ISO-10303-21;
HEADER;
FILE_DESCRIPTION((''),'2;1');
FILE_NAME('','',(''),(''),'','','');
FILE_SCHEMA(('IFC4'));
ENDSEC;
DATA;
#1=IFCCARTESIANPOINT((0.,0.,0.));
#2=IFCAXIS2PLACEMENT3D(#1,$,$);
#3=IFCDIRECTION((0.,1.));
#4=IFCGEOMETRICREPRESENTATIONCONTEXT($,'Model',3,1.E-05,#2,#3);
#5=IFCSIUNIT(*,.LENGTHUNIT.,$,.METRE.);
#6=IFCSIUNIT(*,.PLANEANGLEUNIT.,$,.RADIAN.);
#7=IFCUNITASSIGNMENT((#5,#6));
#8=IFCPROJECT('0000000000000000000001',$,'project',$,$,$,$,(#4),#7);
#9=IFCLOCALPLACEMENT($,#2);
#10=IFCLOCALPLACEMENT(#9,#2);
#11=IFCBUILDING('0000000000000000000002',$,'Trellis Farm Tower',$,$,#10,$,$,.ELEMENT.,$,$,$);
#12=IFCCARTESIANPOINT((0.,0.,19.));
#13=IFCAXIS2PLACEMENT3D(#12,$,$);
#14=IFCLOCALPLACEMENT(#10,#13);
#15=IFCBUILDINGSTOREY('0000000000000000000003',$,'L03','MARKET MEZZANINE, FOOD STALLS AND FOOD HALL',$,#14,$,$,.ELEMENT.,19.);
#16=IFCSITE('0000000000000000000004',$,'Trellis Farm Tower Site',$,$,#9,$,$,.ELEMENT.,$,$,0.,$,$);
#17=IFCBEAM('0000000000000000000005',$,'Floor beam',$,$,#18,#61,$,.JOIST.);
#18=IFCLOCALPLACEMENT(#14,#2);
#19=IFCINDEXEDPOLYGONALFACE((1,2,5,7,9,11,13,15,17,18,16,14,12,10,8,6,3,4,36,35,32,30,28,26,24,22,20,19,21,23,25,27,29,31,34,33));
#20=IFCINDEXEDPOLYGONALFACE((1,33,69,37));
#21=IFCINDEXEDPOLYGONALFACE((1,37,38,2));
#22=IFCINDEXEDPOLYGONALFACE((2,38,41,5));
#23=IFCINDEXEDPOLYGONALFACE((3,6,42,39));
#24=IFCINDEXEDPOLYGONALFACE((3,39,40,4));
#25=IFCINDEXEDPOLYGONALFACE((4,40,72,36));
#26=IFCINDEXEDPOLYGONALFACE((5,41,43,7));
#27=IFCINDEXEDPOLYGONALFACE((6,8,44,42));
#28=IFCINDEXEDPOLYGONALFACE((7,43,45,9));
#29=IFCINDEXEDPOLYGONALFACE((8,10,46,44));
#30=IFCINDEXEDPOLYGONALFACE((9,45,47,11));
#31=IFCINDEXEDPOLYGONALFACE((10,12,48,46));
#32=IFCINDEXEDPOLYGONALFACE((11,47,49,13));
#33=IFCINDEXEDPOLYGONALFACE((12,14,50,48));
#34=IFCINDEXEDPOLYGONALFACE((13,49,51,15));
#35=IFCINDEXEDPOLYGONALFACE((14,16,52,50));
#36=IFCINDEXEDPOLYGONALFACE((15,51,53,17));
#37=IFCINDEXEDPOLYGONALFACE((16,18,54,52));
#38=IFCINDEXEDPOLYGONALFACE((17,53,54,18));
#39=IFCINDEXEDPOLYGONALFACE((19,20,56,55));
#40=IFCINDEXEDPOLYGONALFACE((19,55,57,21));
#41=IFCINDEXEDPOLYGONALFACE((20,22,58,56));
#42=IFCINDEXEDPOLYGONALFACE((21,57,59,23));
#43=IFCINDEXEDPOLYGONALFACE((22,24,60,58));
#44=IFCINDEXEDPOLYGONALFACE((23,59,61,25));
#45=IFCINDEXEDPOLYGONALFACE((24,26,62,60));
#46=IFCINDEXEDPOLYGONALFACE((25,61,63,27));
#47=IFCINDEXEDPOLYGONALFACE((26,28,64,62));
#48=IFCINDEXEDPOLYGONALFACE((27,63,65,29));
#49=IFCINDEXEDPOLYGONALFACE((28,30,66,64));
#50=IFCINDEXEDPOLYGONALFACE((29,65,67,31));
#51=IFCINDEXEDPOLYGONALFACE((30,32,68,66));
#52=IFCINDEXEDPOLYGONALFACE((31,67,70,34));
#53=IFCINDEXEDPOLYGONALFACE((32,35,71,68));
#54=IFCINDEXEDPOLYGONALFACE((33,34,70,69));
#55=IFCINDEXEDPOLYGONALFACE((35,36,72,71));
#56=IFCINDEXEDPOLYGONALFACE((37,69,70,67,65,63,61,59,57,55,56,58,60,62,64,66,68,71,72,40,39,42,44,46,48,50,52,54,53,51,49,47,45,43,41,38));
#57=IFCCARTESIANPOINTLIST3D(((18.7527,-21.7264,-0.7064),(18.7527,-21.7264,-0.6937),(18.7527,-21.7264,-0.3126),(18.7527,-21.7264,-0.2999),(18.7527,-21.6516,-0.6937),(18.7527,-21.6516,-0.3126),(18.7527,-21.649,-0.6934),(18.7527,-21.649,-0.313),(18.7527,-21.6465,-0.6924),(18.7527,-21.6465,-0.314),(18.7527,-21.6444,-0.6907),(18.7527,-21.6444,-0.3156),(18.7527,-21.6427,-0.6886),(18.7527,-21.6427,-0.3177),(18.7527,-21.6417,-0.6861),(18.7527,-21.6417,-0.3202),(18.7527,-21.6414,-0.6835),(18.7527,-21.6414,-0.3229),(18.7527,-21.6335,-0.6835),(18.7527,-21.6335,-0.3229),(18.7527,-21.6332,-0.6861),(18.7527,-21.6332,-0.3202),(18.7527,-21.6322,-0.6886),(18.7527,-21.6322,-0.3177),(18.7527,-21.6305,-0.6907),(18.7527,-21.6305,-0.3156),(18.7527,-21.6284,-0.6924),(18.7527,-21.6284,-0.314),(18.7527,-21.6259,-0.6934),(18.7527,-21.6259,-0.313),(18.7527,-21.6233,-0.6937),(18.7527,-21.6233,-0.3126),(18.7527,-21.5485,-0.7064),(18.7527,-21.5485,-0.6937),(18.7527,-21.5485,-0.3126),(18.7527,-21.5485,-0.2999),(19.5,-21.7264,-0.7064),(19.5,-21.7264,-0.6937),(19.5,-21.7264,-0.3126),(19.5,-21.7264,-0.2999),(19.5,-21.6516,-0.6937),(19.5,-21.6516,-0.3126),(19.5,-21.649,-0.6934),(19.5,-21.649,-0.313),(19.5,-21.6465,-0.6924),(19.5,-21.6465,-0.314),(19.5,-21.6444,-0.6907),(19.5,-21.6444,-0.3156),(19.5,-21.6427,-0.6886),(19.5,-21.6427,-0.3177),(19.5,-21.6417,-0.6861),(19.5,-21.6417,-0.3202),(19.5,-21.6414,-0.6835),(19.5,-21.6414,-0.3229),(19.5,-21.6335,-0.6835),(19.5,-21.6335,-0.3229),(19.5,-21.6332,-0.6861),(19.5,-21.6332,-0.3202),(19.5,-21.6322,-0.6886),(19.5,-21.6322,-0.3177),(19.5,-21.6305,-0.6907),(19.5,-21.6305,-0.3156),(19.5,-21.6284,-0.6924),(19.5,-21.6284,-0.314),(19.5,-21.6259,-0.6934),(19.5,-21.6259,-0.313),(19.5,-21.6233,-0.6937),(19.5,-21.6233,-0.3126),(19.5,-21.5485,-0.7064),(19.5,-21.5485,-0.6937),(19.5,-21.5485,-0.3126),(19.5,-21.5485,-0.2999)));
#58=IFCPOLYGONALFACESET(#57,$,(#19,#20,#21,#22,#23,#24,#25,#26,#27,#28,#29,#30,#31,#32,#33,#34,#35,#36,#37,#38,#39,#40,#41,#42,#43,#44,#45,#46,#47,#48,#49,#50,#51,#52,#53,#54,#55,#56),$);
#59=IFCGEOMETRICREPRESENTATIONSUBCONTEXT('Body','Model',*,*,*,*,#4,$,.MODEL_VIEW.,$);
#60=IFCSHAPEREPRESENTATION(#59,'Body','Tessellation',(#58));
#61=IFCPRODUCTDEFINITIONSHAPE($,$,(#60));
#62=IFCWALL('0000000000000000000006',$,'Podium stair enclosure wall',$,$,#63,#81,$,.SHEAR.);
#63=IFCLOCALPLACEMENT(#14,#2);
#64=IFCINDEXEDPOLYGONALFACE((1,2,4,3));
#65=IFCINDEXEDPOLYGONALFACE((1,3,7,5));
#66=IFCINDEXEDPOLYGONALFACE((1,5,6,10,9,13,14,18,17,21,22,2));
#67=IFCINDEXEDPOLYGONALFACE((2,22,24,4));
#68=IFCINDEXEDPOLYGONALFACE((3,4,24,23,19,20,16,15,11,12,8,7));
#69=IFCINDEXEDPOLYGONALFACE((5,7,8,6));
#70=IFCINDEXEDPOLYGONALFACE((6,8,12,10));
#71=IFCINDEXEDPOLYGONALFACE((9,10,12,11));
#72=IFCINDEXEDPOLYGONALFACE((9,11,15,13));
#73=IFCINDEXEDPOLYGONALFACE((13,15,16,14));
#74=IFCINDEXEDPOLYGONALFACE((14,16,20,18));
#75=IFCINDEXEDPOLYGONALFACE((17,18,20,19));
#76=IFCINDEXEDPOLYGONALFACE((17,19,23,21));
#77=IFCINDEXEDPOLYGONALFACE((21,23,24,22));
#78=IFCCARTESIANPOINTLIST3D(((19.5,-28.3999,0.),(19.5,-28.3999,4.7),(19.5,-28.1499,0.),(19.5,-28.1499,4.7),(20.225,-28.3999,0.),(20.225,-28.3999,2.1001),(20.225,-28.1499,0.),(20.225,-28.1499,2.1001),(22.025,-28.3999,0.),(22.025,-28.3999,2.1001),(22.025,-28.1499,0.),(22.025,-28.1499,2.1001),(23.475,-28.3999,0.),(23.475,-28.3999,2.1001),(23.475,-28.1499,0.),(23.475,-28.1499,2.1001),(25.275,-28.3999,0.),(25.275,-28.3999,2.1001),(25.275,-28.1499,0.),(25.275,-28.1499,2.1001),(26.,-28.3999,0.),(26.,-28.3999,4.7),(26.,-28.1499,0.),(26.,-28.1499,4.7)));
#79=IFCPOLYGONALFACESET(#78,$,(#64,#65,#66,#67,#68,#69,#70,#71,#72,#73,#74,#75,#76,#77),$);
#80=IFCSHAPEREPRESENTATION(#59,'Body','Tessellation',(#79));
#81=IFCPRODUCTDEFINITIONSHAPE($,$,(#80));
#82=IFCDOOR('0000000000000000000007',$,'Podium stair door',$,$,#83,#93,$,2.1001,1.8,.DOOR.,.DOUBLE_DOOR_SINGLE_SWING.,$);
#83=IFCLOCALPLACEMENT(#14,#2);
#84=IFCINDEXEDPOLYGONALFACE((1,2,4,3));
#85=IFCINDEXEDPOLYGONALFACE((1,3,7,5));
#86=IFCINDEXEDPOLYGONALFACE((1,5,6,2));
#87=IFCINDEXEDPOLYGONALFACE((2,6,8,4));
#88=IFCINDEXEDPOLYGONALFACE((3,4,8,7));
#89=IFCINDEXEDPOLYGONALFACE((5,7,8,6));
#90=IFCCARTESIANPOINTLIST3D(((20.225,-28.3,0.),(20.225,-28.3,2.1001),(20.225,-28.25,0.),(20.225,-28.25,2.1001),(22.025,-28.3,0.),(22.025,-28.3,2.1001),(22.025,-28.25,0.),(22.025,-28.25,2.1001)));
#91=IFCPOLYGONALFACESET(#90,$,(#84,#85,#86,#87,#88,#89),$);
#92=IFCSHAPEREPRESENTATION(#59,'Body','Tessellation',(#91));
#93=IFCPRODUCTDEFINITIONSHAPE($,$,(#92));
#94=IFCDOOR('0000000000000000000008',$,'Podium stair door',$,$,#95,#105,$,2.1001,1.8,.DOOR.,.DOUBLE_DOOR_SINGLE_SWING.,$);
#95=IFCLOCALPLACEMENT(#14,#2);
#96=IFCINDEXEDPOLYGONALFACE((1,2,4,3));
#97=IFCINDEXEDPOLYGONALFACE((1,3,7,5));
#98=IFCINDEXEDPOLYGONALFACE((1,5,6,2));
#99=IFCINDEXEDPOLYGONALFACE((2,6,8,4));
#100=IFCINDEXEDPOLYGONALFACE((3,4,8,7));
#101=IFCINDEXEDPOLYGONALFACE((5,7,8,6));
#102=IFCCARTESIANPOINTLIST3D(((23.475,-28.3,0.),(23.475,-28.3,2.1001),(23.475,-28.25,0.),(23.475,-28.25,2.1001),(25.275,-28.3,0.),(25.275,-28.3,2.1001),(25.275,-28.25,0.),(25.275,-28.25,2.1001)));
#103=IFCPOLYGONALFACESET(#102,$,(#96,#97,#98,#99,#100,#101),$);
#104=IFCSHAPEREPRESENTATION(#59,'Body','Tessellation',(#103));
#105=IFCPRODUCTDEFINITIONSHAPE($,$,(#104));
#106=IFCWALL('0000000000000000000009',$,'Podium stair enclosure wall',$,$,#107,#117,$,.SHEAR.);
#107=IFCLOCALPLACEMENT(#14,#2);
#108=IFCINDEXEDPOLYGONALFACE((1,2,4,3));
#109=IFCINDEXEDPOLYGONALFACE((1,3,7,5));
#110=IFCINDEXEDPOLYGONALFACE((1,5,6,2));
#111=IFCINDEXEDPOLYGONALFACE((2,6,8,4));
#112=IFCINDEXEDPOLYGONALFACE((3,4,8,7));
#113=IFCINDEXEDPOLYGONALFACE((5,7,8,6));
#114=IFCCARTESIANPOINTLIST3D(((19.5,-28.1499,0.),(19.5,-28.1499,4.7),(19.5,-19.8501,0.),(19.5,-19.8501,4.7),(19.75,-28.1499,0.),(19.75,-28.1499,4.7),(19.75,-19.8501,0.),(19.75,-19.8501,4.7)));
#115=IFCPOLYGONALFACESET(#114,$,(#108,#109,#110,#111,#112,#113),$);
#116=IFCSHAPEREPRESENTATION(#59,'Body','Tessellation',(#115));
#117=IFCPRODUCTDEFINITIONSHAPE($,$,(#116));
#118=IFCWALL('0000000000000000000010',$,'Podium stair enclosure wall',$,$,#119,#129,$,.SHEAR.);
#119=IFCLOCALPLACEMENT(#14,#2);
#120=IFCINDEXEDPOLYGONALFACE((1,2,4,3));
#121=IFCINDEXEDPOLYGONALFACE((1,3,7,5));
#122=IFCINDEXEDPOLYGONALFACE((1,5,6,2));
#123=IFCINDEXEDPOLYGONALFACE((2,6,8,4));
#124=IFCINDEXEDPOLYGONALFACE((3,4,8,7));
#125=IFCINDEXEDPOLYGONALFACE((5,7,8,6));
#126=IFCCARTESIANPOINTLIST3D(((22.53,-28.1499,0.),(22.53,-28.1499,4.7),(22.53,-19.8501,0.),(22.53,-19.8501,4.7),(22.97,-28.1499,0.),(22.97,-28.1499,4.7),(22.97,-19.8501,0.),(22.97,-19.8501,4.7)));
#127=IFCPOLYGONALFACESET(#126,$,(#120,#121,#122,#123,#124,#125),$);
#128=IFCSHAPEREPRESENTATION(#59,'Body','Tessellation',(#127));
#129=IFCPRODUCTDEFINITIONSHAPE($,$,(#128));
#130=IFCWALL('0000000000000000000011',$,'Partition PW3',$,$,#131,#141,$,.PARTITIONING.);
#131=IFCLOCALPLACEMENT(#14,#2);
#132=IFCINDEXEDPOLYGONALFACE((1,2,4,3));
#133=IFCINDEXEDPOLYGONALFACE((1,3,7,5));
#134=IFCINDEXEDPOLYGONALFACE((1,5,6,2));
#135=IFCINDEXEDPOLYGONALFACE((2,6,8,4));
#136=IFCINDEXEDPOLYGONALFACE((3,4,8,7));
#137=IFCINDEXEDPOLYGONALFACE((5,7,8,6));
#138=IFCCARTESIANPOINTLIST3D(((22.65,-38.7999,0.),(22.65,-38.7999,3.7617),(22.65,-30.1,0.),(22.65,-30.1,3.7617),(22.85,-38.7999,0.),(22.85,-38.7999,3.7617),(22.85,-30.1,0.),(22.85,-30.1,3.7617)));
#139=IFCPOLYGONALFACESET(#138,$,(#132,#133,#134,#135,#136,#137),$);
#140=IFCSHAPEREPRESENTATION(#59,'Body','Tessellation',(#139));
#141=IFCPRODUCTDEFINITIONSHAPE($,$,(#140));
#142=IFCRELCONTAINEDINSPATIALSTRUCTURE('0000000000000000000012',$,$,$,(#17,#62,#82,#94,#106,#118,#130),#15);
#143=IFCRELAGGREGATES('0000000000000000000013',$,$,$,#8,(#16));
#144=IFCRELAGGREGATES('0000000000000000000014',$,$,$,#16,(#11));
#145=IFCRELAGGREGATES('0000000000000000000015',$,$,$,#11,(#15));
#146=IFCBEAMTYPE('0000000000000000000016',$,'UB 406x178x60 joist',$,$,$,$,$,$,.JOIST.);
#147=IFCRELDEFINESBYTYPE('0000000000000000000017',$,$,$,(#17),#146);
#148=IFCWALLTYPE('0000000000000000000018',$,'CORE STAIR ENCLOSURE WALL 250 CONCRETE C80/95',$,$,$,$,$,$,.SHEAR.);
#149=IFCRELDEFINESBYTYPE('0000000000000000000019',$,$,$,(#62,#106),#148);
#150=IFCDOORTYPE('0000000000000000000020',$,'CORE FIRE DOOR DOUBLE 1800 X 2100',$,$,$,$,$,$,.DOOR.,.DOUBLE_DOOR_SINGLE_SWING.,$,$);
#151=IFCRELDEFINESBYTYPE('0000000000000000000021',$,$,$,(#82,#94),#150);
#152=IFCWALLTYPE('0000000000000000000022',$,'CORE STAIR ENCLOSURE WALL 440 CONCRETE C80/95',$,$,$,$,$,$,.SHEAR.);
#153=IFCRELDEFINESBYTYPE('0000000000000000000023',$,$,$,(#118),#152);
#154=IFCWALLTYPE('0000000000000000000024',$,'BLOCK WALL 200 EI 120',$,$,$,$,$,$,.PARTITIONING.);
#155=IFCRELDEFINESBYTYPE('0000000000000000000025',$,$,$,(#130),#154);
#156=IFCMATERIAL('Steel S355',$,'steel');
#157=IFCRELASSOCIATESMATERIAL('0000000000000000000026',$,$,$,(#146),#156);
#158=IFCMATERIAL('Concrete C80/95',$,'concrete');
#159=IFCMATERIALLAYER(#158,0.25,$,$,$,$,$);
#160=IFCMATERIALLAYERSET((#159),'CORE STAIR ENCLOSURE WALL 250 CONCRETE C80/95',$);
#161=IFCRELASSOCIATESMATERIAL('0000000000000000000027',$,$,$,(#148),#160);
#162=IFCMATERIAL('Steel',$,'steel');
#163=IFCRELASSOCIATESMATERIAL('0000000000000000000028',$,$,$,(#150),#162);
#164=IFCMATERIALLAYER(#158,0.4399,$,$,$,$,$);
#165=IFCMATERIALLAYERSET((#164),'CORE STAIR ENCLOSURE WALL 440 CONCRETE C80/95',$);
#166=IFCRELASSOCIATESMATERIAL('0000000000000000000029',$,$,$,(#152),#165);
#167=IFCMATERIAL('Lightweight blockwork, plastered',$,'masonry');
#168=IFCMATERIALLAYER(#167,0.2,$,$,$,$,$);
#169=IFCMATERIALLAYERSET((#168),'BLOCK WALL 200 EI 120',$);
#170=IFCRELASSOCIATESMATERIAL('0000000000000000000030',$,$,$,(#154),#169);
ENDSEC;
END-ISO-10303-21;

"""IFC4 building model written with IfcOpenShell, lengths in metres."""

from ifc_helpers import new_model, si_unit, direction, frame, frame_2d, origin, origin_2d, place, context, subcontext, project, spatial, rectangle, i_section, extrude, source, transform, mapped, material, layer, layer_set, material_profile, profile_set, type_object, element, fill, save


model = new_model("IFC4")

# Units and contexts
model_context = context("Model", 3, precision=1e-05, world=origin(), true_north=direction((0.0, 1.0)))
body_context = subcontext(model_context, "Body", "Model", "MODEL_VIEW")
ifc_project = project(units=[si_unit("LENGTHUNIT", "METRE"), si_unit("PLANEANGLEUNIT", "RADIAN")], contexts=[model_context])

# Site, building, storey
site_placement = place(None, origin())
site = spatial("IfcSite", under=ifc_project, at=site_placement, Name="Trellis Farm Tower Site", CompositionType="ELEMENT", RefElevation=0.0)
building_placement = place(site_placement, origin())
building = spatial("IfcBuilding", under=site, at=building_placement, Name="Trellis Farm Tower", CompositionType="ELEMENT")
storey_placement = place(building_placement, frame((0.0, 0.0, 19.0)))
storey = spatial("IfcBuildingStorey", under=building, at=storey_placement, Name="L03", Description="MARKET MEZZANINE, FOOD STALLS AND FOOD HALL", CompositionType="ELEMENT", Elevation=19.0)

# Beam
ifc_material_1 = material(Name="Steel S355", Category="steel")
ifc_material_profile_1 = material_profile(ifc_material_1, i_section(OverallWidth=0.178, OverallDepth=0.4065, WebThickness=0.0078, FlangeThickness=0.0127, FilletRadius=0.0103, at=origin_2d()), Name="UB 406x178x60")
ifc_profile_set_1 = profile_set([ifc_material_profile_1], Name="Steel S355")
beam_type_1 = type_object("IfcBeamType", Name="UB 406x178x60 joist", PredefinedType="JOIST", material=ifc_profile_set_1)
shared_shape_1 = source(origin(), body_context, "Body", "SweptSolid", [
    extrude(i_section(OverallWidth=0.178, OverallDepth=0.4065, WebThickness=0.0078, FlangeThickness=0.0127, FilletRadius=0.0103, at=origin_2d()), origin(), (0.0, 0.0, 1.0), 0.7473),
])
for number, where, z_axis, x_axis, name in (
    (1, (18.7527, -21.6375, -0.5032), (1.0, 0.0, 0.0), (0.0, 1.0, 0.0), "Floor beam"),
):
    element("IfcBeam", number, at=place(storey_placement, frame(where, z_axis=z_axis, x_axis=x_axis)), inside=storey, type_object=beam_type_1, Name=name, PredefinedType="JOIST", context=body_context, shape_type="MappedRepresentation", body=[
        mapped(shared_shape_1, transform((0.0, 0.0, 0.0))),
    ])

# Wall, openings, doors
ifc_material_2 = material(Name="Concrete C80/95", Category="concrete")
ifc_layer_1 = layer(ifc_material_2, 0.25)
ifc_layer_set_1 = layer_set([ifc_layer_1], Name="CORE STAIR ENCLOSURE WALL 250 CONCRETE C80/95")
wall_type_1 = type_object("IfcWallType", Name="CORE STAIR ENCLOSURE WALL 250 CONCRETE C80/95", PredefinedType="SHEAR", material=ifc_layer_set_1)
shared_shape_2 = source(origin(), body_context, "Body", "SweptSolid", [
    extrude(rectangle(XDim=6.5, YDim=0.25, at=frame_2d((3.25, 0.0))), origin(), (0.0, 0.0, 1.0), 4.7),
])
wall_1_placement = place(storey_placement, frame((19.5, -28.2749, 0.0), z_axis=(0.0, 0.0, 1.0), x_axis=(1.0, 0.0, 0.0)))
wall_1 = element("IfcWall", 2, at=wall_1_placement, inside=storey, type_object=wall_type_1, Name="Podium stair enclosure wall", PredefinedType="SHEAR", context=body_context, shape_type="MappedRepresentation", body=[
    mapped(shared_shape_2, transform((0.0, 0.0, 0.0))),
])
shared_shape_3 = source(origin(), body_context, "Body", "SweptSolid", [
    extrude(rectangle(XDim=1.8, YDim=2.1001, at=frame_2d((0.8999, 1.05))), frame((0.0, 0.135, 0.0), z_axis=(0.0, -1.0, 0.0), x_axis=(1.0, 0.0, 0.0)), (0.0, 0.0, 1.0), 0.27),
])
opening_1_placement = place(wall_1_placement, frame((0.7251, 0.0, 0.0)))
opening_1 = element("IfcOpeningElement", 3, at=opening_1_placement, cuts=wall_1, PredefinedType="OPENING", context=body_context, shape_type="MappedRepresentation", body=[
    mapped(shared_shape_3, transform((0.0, 0.0, 0.0))),
])
opening_2_placement = place(wall_1_placement, frame((3.9751, 0.0, 0.0)))
opening_2 = element("IfcOpeningElement", 4, at=opening_2_placement, cuts=wall_1, PredefinedType="OPENING", context=body_context, shape_type="MappedRepresentation", body=[
    mapped(shared_shape_3, transform((0.0, 0.0, 0.0))),
])
ifc_material_3 = material(Name="Steel", Category="steel")
door_type = type_object("IfcDoorType", Name="CORE FIRE DOOR DOUBLE 1800 X 2100", OperationType="DOUBLE_DOOR_SINGLE_SWING", PredefinedType="DOOR", material=ifc_material_3)
shared_shape_4 = source(origin(), body_context, "Body", "SweptSolid", [
    extrude(rectangle(XDim=1.8, YDim=2.1001, at=frame_2d((0.8999, 1.05))), frame((0.0, 0.0249, 0.0), z_axis=(0.0, -1.0, 0.0), x_axis=(1.0, 0.0, 0.0)), (0.0, 0.0, 1.0), 0.05),
])
door_1_placement = place(opening_1_placement, origin())
door_1 = element("IfcDoor", 5, at=door_1_placement, inside=storey, type_object=door_type, Name="Podium stair door", OperationType="DOUBLE_DOOR_SINGLE_SWING", OverallHeight=2.1001, OverallWidth=1.8, PredefinedType="DOOR", context=body_context, shape_type="MappedRepresentation", body=[
    mapped(shared_shape_4, transform((0.0, 0.0, 0.0))),
])
fill(opening_1, door_1)
door_2_placement = place(opening_2_placement, origin())
door_2 = element("IfcDoor", 6, at=door_2_placement, inside=storey, type_object=door_type, Name="Podium stair door", OperationType="DOUBLE_DOOR_SINGLE_SWING", OverallHeight=2.1001, OverallWidth=1.8, PredefinedType="DOOR", context=body_context, shape_type="MappedRepresentation", body=[
    mapped(shared_shape_4, transform((0.0, 0.0, 0.0))),
])
fill(opening_2, door_2)

# Walls
shared_shape_5 = source(origin(), body_context, "Body", "SweptSolid", [
    extrude(rectangle(XDim=8.2998, YDim=0.25, at=frame_2d((4.1499, 0.0))), origin(), (0.0, 0.0, 1.0), 4.7),
])
wall_2_placement = place(storey_placement, frame((19.625, -28.1499, 0.0), z_axis=(0.0, 0.0, 1.0), x_axis=(0.0, 1.0, 0.0)))
element("IfcWall", 7, at=wall_2_placement, inside=storey, type_object=wall_type_1, Name="Podium stair enclosure wall", PredefinedType="SHEAR", context=body_context, shape_type="MappedRepresentation", body=[
    mapped(shared_shape_5, transform((0.0, 0.0, 0.0))),
])
ifc_layer_2 = layer(ifc_material_2, 0.4399)
ifc_layer_set_2 = layer_set([ifc_layer_2], Name="CORE STAIR ENCLOSURE WALL 440 CONCRETE C80/95")
wall_type_2 = type_object("IfcWallType", Name="CORE STAIR ENCLOSURE WALL 440 CONCRETE C80/95", PredefinedType="SHEAR", material=ifc_layer_set_2)
shared_shape_6 = source(origin(), body_context, "Body", "SweptSolid", [
    extrude(rectangle(XDim=8.2998, YDim=0.4399, at=frame_2d((4.1499, 0.0))), origin(), (0.0, 0.0, 1.0), 4.7),
])
wall_3_placement = place(storey_placement, frame((22.75, -28.1499, 0.0), z_axis=(0.0, 0.0, 1.0), x_axis=(0.0, 1.0, 0.0)))
element("IfcWall", 8, at=wall_3_placement, inside=storey, type_object=wall_type_2, Name="Podium stair enclosure wall", PredefinedType="SHEAR", context=body_context, shape_type="MappedRepresentation", body=[
    mapped(shared_shape_6, transform((0.0, 0.0, 0.0))),
])
ifc_material_4 = material(Name="Lightweight blockwork, plastered", Category="masonry")
ifc_layer_3 = layer(ifc_material_4, 0.2)
ifc_layer_set_3 = layer_set([ifc_layer_3], Name="BLOCK WALL 200 EI 120")
wall_type_3 = type_object("IfcWallType", Name="BLOCK WALL 200 EI 120", PredefinedType="PARTITIONING", material=ifc_layer_set_3)
shared_shape_7 = source(origin(), body_context, "Body", "SweptSolid", [
    extrude(rectangle(XDim=8.7, YDim=0.2, at=frame_2d((4.3501, 0.0))), origin(), (0.0, 0.0, 1.0), 3.7617),
])
wall_4_placement = place(storey_placement, frame((22.75, -38.8, 0.0), z_axis=(0.0, 0.0, 1.0), x_axis=(0.0, 1.0, 0.0)))
element("IfcWall", 9, at=wall_4_placement, inside=storey, type_object=wall_type_3, Name="Partition PW3", PredefinedType="PARTITIONING", context=body_context, shape_type="MappedRepresentation", body=[
    mapped(shared_shape_7, transform((0.0, 0.0, 0.0))),
])

save(model, "model.ifc")
